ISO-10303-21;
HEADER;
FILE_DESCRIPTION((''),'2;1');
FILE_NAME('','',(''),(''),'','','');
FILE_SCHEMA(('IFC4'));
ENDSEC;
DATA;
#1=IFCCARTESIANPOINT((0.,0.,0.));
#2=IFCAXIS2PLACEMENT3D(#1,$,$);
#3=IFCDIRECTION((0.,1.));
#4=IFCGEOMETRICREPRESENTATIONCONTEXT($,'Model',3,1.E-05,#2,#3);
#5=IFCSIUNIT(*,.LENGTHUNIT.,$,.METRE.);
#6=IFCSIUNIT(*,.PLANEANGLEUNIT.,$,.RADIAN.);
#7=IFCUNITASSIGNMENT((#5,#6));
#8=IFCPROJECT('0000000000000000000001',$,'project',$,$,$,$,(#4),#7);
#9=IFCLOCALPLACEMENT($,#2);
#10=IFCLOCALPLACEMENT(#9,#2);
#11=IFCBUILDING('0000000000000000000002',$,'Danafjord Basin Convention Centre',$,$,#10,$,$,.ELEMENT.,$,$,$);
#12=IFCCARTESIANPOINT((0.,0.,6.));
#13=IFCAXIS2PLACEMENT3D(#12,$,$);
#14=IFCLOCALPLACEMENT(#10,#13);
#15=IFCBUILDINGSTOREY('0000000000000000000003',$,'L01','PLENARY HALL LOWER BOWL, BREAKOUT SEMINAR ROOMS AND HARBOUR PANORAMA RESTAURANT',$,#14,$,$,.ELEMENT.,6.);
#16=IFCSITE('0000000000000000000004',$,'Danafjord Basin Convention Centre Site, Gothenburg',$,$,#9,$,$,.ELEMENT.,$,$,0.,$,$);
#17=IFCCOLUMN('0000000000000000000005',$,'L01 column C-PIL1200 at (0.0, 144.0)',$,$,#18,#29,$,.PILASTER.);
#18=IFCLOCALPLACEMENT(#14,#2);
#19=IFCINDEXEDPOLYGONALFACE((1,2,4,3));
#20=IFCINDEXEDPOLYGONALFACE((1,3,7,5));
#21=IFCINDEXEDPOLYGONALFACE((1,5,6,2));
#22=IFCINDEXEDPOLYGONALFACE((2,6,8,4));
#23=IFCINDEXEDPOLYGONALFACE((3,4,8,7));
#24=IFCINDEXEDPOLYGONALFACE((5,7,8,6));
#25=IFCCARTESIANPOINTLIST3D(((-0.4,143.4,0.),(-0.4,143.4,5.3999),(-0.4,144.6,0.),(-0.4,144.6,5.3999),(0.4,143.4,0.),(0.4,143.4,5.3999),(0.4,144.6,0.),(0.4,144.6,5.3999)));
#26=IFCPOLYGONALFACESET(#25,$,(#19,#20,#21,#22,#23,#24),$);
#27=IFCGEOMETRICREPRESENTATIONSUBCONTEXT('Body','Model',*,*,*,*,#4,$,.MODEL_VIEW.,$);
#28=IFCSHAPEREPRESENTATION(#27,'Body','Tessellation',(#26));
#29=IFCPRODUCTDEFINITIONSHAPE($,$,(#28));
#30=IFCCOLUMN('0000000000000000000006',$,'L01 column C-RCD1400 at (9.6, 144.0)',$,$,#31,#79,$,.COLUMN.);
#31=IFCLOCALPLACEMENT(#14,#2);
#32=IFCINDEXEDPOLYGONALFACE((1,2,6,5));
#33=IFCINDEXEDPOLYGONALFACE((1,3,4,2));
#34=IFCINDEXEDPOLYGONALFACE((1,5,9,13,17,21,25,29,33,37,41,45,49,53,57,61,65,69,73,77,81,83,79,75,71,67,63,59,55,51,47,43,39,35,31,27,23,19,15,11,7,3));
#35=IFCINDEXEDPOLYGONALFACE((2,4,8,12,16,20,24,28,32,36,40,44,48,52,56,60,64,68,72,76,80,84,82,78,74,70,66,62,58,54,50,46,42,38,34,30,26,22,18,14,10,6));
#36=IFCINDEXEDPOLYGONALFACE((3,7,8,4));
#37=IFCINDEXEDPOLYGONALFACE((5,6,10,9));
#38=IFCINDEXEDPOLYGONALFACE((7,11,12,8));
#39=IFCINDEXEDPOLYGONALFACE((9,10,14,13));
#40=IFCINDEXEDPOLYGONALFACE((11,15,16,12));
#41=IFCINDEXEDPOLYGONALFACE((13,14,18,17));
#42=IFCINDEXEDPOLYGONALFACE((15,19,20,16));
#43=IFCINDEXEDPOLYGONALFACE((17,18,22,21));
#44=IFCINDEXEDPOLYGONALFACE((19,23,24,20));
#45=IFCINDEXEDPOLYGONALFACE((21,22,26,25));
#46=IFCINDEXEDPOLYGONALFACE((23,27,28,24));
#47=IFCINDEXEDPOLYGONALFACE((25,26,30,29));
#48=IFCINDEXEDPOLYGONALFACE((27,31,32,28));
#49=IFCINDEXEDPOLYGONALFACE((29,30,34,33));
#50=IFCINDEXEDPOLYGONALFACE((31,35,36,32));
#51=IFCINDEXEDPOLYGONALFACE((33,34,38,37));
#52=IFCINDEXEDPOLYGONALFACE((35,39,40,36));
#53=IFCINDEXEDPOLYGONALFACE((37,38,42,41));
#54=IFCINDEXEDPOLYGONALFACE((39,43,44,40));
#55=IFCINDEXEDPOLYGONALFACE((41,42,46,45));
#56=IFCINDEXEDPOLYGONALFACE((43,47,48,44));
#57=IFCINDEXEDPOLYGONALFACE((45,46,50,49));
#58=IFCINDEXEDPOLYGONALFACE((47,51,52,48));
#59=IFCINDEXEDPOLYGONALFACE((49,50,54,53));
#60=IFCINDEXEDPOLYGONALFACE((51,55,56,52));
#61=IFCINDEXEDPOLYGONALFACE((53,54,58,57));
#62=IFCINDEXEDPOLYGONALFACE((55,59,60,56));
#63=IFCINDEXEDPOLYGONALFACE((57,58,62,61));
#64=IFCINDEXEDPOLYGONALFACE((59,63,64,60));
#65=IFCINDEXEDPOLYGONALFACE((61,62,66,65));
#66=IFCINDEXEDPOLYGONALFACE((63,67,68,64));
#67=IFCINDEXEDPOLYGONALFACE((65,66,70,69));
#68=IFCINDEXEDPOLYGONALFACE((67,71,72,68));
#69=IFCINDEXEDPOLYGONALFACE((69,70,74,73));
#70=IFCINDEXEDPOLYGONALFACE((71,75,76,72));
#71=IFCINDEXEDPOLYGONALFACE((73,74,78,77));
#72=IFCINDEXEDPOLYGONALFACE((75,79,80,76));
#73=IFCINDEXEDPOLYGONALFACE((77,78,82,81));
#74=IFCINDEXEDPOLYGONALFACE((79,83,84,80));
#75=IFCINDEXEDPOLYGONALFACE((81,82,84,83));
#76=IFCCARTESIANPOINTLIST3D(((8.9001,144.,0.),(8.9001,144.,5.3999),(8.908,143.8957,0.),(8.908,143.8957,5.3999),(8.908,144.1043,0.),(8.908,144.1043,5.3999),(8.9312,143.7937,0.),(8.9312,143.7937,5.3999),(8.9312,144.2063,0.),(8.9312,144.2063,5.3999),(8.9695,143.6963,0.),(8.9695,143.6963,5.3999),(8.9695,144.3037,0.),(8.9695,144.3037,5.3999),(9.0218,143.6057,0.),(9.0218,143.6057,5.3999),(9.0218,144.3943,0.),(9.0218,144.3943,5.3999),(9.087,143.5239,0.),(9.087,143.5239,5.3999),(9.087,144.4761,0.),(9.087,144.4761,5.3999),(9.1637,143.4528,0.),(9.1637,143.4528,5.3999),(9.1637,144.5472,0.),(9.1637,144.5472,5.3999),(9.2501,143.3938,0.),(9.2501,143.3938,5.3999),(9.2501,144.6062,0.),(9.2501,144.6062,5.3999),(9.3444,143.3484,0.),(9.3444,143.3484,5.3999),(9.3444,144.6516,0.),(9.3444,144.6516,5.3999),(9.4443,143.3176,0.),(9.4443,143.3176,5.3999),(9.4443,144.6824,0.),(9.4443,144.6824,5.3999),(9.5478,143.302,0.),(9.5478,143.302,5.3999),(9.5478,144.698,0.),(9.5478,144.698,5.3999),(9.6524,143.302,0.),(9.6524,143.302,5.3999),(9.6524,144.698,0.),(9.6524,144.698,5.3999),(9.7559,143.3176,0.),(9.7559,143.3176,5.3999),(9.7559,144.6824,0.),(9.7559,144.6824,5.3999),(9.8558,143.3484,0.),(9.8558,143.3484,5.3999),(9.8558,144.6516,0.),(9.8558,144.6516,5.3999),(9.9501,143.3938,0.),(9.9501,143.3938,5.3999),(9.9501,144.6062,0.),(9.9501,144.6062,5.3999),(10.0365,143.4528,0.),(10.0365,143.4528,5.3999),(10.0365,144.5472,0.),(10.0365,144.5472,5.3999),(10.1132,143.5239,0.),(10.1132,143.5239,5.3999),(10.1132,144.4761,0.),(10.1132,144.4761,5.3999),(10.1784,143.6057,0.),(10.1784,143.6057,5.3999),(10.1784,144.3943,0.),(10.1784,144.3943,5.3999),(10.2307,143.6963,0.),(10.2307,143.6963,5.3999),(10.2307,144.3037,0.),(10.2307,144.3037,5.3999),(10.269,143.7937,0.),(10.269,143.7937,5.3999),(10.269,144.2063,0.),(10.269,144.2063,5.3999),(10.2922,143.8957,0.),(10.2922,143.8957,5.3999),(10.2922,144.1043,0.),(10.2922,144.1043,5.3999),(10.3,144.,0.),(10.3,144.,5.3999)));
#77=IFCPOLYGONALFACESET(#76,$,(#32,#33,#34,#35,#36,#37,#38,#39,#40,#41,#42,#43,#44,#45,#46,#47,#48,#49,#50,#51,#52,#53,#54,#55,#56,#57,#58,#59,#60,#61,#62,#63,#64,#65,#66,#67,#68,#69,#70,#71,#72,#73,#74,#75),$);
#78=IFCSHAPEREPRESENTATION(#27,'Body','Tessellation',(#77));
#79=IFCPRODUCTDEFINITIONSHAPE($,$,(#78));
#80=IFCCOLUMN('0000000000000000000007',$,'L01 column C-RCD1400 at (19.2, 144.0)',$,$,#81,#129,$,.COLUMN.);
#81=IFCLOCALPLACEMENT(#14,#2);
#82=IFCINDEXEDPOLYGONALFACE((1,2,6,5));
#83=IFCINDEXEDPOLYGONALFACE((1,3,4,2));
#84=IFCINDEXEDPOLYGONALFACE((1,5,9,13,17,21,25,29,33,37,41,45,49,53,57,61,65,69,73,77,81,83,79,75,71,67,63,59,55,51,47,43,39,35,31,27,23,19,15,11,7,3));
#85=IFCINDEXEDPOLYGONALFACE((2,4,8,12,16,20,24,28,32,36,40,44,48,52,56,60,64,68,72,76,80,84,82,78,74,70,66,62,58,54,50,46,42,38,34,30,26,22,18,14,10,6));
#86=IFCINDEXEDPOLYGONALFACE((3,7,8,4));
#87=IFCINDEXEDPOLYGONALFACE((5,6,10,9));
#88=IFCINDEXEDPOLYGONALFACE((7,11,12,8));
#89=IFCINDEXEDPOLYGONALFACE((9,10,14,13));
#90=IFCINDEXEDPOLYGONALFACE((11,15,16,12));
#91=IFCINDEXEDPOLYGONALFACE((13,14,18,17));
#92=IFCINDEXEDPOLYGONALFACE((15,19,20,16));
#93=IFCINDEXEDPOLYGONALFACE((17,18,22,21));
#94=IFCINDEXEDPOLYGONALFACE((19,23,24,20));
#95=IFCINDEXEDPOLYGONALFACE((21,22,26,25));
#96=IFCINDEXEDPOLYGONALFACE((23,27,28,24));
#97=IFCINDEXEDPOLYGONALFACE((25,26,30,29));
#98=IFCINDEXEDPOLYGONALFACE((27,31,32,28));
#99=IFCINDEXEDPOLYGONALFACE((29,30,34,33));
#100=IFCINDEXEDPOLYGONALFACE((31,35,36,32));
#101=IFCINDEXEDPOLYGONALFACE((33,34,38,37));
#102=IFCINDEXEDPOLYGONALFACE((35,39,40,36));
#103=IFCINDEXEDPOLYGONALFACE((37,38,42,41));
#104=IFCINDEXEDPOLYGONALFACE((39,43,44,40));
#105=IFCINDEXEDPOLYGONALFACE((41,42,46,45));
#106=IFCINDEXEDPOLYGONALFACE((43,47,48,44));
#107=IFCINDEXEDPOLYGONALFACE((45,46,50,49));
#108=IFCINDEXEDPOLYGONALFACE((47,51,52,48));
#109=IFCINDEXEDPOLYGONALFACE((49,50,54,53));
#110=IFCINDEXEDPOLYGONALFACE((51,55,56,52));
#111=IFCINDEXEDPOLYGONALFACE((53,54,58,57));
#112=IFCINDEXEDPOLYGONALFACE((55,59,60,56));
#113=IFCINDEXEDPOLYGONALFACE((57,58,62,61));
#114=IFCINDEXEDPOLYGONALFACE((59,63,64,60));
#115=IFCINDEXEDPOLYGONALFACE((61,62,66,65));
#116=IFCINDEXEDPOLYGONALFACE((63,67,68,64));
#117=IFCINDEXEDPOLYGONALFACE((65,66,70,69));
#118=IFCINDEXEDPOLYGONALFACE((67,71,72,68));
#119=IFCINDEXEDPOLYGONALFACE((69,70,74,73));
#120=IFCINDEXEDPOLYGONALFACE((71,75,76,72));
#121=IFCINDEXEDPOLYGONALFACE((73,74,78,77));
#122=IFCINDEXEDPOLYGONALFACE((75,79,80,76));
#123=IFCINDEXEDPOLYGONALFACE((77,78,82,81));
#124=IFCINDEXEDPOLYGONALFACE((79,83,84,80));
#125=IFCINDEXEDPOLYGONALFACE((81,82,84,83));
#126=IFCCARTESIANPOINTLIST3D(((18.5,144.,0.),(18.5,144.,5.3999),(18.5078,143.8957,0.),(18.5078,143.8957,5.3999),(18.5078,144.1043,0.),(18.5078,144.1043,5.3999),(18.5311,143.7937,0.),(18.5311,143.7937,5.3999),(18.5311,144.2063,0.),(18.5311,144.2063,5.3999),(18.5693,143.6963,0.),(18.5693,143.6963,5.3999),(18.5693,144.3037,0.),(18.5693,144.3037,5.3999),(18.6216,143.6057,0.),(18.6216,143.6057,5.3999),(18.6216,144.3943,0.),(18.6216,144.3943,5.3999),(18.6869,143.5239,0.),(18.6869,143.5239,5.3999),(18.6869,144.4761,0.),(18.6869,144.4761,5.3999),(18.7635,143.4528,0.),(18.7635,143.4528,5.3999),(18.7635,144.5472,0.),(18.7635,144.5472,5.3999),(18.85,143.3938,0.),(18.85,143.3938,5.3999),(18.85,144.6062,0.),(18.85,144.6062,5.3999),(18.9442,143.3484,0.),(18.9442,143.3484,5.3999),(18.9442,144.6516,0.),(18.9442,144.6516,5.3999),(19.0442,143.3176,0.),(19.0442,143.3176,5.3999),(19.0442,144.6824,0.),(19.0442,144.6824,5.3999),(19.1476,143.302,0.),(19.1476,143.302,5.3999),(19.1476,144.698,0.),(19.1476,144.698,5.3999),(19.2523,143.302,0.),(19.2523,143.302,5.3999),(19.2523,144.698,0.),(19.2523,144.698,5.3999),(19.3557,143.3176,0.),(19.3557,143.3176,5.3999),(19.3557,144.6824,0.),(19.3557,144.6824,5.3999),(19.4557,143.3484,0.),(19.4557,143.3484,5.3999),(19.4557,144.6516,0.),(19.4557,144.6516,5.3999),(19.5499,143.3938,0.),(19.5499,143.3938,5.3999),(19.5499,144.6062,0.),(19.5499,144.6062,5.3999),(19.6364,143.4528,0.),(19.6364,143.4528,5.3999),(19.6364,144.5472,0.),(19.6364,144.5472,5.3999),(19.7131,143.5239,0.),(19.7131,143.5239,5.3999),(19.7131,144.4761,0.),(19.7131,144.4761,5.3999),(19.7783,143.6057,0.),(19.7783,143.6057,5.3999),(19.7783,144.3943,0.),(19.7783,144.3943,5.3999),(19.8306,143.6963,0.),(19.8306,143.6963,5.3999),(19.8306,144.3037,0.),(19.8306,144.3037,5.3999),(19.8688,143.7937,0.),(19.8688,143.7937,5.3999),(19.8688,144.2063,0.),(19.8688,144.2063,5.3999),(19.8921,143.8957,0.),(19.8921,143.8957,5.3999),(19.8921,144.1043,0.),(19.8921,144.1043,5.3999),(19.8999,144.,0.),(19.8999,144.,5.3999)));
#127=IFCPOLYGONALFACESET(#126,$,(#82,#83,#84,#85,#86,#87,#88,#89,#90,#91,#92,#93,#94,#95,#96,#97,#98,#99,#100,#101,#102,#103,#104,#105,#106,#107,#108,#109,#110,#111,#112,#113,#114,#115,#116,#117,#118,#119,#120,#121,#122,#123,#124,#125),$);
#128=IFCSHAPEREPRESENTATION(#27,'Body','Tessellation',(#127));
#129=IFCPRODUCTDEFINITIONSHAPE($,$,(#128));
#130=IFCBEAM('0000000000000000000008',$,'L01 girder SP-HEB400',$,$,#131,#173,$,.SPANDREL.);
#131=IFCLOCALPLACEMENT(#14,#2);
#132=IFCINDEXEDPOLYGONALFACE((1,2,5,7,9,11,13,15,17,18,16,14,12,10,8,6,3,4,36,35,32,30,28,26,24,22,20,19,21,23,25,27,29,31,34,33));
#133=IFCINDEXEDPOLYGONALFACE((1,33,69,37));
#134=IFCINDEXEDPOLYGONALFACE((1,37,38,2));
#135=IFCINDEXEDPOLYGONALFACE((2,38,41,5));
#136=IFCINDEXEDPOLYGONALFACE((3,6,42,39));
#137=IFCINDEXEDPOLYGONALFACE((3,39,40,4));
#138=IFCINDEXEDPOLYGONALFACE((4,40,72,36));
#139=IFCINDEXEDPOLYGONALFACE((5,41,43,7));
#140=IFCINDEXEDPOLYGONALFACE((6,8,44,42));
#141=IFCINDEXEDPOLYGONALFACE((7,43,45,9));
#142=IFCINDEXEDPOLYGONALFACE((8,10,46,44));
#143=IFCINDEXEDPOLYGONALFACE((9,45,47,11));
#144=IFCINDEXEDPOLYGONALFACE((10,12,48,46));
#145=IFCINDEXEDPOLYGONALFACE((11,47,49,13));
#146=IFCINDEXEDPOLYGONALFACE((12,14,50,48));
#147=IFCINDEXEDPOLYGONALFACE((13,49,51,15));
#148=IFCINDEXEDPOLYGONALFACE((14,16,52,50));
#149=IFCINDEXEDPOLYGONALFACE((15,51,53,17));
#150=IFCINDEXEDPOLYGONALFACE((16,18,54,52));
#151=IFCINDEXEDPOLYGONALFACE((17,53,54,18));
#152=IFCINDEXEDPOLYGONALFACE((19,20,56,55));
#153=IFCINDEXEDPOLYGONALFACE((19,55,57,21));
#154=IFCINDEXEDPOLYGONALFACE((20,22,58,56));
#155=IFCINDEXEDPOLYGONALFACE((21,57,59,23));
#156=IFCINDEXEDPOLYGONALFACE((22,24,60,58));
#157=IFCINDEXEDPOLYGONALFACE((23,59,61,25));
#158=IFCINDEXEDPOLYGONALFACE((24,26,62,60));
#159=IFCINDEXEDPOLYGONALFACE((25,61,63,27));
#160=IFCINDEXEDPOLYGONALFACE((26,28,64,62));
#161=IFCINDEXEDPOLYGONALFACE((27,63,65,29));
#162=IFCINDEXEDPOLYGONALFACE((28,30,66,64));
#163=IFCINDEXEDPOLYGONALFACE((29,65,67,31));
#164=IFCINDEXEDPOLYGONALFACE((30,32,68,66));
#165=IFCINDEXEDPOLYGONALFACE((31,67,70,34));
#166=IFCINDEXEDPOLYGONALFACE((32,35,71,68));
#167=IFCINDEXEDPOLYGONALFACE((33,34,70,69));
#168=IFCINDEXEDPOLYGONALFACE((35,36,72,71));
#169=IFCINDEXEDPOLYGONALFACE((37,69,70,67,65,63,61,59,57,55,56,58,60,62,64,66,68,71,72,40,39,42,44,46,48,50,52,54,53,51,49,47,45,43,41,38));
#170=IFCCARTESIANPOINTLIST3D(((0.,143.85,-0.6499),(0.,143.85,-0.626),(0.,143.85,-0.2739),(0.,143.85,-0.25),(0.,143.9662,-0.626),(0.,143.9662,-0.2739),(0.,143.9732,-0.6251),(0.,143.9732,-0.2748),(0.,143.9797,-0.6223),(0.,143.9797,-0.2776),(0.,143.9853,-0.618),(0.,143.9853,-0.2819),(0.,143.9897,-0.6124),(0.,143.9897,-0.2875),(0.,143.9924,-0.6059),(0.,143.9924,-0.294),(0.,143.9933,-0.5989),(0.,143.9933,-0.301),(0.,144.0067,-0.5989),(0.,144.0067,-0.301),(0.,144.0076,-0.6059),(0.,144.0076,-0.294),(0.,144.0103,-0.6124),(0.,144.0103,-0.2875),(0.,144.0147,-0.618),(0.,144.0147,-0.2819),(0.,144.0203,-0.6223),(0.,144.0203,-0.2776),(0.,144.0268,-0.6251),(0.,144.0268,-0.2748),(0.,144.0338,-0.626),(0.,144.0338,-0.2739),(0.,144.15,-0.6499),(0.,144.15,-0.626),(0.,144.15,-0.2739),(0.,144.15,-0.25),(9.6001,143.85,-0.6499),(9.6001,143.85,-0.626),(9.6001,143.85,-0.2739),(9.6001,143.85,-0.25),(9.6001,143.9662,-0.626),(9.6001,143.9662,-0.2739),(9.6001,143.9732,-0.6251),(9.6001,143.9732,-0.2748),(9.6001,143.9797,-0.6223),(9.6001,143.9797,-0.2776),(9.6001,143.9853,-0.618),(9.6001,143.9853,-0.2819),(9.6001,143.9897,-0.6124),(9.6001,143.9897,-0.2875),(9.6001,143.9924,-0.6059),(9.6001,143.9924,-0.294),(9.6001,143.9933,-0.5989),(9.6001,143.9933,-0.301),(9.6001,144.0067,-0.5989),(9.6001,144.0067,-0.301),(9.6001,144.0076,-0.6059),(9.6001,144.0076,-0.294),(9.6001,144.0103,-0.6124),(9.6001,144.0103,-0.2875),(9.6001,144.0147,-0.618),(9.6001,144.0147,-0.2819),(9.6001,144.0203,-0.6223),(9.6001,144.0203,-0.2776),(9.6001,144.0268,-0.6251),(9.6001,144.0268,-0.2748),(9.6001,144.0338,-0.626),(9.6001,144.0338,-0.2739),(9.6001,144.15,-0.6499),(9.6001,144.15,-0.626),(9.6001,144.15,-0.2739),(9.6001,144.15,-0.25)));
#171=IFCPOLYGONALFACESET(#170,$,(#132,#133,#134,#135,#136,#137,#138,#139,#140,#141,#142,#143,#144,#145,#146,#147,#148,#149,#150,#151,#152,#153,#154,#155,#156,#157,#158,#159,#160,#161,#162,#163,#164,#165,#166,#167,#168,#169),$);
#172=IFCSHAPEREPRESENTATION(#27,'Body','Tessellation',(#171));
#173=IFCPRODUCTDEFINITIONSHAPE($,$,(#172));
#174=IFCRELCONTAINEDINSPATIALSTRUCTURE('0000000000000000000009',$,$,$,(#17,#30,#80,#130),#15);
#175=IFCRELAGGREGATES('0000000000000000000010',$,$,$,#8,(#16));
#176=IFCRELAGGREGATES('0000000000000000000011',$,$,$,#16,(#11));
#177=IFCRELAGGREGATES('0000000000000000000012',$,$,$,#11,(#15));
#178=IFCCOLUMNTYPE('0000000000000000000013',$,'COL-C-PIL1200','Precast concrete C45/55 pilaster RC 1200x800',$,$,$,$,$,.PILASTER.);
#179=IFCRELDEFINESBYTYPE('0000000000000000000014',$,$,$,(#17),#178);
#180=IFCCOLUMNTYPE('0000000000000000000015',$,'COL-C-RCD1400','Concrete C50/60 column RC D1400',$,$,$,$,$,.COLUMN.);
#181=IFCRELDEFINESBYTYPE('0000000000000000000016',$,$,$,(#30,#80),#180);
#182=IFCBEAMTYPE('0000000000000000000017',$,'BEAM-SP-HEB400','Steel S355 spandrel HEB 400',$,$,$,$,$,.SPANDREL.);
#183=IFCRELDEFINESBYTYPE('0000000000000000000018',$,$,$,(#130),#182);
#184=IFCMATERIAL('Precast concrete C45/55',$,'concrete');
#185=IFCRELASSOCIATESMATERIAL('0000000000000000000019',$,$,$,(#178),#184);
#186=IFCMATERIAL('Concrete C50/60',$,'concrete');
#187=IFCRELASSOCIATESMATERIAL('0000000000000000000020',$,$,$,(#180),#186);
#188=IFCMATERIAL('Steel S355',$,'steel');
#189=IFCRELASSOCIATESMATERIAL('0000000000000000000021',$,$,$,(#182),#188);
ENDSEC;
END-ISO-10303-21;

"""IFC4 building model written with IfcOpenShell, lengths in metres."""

from ifc_helpers import new_model, si_unit, direction, frame, origin, origin_2d, place, context, subcontext, project, spatial, rectangle, circle, i_section, extrude, material, material_profile, profile_set, type_object, element, save


model = new_model("IFC4")

# Units and contexts
model_context = context("Model", 3, precision=1e-05, world=origin(), true_north=direction((0.0, 1.0)))
body_context = subcontext(model_context, "Body", "Model", "MODEL_VIEW")
ifc_project = project(units=[si_unit("LENGTHUNIT", "METRE"), si_unit("PLANEANGLEUNIT", "RADIAN")], contexts=[model_context])

# Site, building, storey
site_placement = place(None, origin())
site = spatial("IfcSite", under=ifc_project, at=site_placement, Name="Danafjord Basin Convention Centre Site, Gothenburg", CompositionType="ELEMENT", RefElevation=0.0)
building_placement = place(site_placement, origin())
building = spatial("IfcBuilding", under=site, at=building_placement, Name="Danafjord Basin Convention Centre", CompositionType="ELEMENT")
storey_placement = place(building_placement, frame((0.0, 0.0, 6.0)))
storey = spatial("IfcBuildingStorey", under=building, at=storey_placement, Name="L01", Description="PLENARY HALL LOWER BOWL, BREAKOUT SEMINAR ROOMS AND HARBOUR PANORAMA RESTAURANT", CompositionType="ELEMENT", Elevation=6.0)

# Columns
ifc_material_1 = material(Name="Precast concrete C45/55", Category="concrete")
ifc_material_profile_1 = material_profile(ifc_material_1, rectangle(XDim=0.8, YDim=1.2, at=origin_2d()), Name="RC 1200x800")
ifc_profile_set_1 = profile_set([ifc_material_profile_1], Name="Precast concrete C45/55")
column_type_1 = type_object("IfcColumnType", Name="COL-C-PIL1200", Description="Precast concrete C45/55 pilaster RC 1200x800", PredefinedType="PILASTER", material=ifc_profile_set_1)
column_placement = place(storey_placement, frame((0.0, 144.0, 0.0), z_axis=(0.0, 0.0, 1.0), x_axis=(1.0, 0.0, 0.0)))
element("IfcColumn", 1, at=column_placement, inside=storey, type_object=column_type_1, Name="L01 column C-PIL1200 at (0.0, 144.0)", PredefinedType="PILASTER", context=body_context, shape_type="SweptSolid", body=[
    extrude(rectangle(XDim=0.8, YDim=1.2, at=origin_2d()), origin(), (0.0, 0.0, 1.0), 5.3999),
])
ifc_material_2 = material(Name="Concrete C50/60", Category="concrete")
ifc_material_profile_2 = material_profile(ifc_material_2, circle(Radius=0.7, at=origin_2d()), Name="RC D1400")
ifc_profile_set_2 = profile_set([ifc_material_profile_2], Name="Concrete C50/60")
column_type_2 = type_object("IfcColumnType", Name="COL-C-RCD1400", Description="Concrete C50/60 column RC D1400", PredefinedType="COLUMN", material=ifc_profile_set_2)
for number, where, z_axis, x_axis, name in (
    (2, (9.6001, 144.0, 0.0), (0.0, 0.0, 1.0), (1.0, 0.0, 0.0), "L01 column C-RCD1400 at (9.6, 144.0)"),
    (3, (19.2, 144.0, 0.0), (0.0, 0.0, 1.0), (1.0, 0.0, 0.0), "L01 column C-RCD1400 at (19.2, 144.0)"),
):
    element("IfcColumn", number, at=place(storey_placement, frame(where, z_axis=z_axis, x_axis=x_axis)), inside=storey, type_object=column_type_2, Name=name, PredefinedType="COLUMN", context=body_context, shape_type="SweptSolid", body=[
        extrude(circle(Radius=0.7, at=origin_2d()), origin(), (0.0, 0.0, 1.0), 5.3999),
    ])

# Beam
ifc_material_3 = material(Name="Steel S355", Category="steel")
ifc_material_profile_3 = material_profile(ifc_material_3, i_section(OverallWidth=0.3, OverallDepth=0.3999, WebThickness=0.0134, FlangeThickness=0.0239, FilletRadius=0.0271, at=origin_2d()), Name="HEB 400")
ifc_profile_set_3 = profile_set([ifc_material_profile_3], Name="Steel S355")
beam_type_1 = type_object("IfcBeamType", Name="BEAM-SP-HEB400", Description="Steel S355 spandrel HEB 400", PredefinedType="SPANDREL", material=ifc_profile_set_3)
beam_1_placement = place(storey_placement, frame((0.0, 144.0, -0.45), z_axis=(1.0, 0.0, 0.0), x_axis=(0.0, 1.0, 0.0)))
element("IfcBeam", 4, at=beam_1_placement, inside=storey, type_object=beam_type_1, Name="L01 girder SP-HEB400", PredefinedType="SPANDREL", context=body_context, shape_type="SweptSolid", body=[
    extrude(i_section(OverallWidth=0.3, OverallDepth=0.3999, WebThickness=0.0134, FlangeThickness=0.0239, FilletRadius=0.0271, at=origin_2d()), origin(), (0.0, 0.0, 1.0), 9.6001),
])

save(model, "model.ifc")
